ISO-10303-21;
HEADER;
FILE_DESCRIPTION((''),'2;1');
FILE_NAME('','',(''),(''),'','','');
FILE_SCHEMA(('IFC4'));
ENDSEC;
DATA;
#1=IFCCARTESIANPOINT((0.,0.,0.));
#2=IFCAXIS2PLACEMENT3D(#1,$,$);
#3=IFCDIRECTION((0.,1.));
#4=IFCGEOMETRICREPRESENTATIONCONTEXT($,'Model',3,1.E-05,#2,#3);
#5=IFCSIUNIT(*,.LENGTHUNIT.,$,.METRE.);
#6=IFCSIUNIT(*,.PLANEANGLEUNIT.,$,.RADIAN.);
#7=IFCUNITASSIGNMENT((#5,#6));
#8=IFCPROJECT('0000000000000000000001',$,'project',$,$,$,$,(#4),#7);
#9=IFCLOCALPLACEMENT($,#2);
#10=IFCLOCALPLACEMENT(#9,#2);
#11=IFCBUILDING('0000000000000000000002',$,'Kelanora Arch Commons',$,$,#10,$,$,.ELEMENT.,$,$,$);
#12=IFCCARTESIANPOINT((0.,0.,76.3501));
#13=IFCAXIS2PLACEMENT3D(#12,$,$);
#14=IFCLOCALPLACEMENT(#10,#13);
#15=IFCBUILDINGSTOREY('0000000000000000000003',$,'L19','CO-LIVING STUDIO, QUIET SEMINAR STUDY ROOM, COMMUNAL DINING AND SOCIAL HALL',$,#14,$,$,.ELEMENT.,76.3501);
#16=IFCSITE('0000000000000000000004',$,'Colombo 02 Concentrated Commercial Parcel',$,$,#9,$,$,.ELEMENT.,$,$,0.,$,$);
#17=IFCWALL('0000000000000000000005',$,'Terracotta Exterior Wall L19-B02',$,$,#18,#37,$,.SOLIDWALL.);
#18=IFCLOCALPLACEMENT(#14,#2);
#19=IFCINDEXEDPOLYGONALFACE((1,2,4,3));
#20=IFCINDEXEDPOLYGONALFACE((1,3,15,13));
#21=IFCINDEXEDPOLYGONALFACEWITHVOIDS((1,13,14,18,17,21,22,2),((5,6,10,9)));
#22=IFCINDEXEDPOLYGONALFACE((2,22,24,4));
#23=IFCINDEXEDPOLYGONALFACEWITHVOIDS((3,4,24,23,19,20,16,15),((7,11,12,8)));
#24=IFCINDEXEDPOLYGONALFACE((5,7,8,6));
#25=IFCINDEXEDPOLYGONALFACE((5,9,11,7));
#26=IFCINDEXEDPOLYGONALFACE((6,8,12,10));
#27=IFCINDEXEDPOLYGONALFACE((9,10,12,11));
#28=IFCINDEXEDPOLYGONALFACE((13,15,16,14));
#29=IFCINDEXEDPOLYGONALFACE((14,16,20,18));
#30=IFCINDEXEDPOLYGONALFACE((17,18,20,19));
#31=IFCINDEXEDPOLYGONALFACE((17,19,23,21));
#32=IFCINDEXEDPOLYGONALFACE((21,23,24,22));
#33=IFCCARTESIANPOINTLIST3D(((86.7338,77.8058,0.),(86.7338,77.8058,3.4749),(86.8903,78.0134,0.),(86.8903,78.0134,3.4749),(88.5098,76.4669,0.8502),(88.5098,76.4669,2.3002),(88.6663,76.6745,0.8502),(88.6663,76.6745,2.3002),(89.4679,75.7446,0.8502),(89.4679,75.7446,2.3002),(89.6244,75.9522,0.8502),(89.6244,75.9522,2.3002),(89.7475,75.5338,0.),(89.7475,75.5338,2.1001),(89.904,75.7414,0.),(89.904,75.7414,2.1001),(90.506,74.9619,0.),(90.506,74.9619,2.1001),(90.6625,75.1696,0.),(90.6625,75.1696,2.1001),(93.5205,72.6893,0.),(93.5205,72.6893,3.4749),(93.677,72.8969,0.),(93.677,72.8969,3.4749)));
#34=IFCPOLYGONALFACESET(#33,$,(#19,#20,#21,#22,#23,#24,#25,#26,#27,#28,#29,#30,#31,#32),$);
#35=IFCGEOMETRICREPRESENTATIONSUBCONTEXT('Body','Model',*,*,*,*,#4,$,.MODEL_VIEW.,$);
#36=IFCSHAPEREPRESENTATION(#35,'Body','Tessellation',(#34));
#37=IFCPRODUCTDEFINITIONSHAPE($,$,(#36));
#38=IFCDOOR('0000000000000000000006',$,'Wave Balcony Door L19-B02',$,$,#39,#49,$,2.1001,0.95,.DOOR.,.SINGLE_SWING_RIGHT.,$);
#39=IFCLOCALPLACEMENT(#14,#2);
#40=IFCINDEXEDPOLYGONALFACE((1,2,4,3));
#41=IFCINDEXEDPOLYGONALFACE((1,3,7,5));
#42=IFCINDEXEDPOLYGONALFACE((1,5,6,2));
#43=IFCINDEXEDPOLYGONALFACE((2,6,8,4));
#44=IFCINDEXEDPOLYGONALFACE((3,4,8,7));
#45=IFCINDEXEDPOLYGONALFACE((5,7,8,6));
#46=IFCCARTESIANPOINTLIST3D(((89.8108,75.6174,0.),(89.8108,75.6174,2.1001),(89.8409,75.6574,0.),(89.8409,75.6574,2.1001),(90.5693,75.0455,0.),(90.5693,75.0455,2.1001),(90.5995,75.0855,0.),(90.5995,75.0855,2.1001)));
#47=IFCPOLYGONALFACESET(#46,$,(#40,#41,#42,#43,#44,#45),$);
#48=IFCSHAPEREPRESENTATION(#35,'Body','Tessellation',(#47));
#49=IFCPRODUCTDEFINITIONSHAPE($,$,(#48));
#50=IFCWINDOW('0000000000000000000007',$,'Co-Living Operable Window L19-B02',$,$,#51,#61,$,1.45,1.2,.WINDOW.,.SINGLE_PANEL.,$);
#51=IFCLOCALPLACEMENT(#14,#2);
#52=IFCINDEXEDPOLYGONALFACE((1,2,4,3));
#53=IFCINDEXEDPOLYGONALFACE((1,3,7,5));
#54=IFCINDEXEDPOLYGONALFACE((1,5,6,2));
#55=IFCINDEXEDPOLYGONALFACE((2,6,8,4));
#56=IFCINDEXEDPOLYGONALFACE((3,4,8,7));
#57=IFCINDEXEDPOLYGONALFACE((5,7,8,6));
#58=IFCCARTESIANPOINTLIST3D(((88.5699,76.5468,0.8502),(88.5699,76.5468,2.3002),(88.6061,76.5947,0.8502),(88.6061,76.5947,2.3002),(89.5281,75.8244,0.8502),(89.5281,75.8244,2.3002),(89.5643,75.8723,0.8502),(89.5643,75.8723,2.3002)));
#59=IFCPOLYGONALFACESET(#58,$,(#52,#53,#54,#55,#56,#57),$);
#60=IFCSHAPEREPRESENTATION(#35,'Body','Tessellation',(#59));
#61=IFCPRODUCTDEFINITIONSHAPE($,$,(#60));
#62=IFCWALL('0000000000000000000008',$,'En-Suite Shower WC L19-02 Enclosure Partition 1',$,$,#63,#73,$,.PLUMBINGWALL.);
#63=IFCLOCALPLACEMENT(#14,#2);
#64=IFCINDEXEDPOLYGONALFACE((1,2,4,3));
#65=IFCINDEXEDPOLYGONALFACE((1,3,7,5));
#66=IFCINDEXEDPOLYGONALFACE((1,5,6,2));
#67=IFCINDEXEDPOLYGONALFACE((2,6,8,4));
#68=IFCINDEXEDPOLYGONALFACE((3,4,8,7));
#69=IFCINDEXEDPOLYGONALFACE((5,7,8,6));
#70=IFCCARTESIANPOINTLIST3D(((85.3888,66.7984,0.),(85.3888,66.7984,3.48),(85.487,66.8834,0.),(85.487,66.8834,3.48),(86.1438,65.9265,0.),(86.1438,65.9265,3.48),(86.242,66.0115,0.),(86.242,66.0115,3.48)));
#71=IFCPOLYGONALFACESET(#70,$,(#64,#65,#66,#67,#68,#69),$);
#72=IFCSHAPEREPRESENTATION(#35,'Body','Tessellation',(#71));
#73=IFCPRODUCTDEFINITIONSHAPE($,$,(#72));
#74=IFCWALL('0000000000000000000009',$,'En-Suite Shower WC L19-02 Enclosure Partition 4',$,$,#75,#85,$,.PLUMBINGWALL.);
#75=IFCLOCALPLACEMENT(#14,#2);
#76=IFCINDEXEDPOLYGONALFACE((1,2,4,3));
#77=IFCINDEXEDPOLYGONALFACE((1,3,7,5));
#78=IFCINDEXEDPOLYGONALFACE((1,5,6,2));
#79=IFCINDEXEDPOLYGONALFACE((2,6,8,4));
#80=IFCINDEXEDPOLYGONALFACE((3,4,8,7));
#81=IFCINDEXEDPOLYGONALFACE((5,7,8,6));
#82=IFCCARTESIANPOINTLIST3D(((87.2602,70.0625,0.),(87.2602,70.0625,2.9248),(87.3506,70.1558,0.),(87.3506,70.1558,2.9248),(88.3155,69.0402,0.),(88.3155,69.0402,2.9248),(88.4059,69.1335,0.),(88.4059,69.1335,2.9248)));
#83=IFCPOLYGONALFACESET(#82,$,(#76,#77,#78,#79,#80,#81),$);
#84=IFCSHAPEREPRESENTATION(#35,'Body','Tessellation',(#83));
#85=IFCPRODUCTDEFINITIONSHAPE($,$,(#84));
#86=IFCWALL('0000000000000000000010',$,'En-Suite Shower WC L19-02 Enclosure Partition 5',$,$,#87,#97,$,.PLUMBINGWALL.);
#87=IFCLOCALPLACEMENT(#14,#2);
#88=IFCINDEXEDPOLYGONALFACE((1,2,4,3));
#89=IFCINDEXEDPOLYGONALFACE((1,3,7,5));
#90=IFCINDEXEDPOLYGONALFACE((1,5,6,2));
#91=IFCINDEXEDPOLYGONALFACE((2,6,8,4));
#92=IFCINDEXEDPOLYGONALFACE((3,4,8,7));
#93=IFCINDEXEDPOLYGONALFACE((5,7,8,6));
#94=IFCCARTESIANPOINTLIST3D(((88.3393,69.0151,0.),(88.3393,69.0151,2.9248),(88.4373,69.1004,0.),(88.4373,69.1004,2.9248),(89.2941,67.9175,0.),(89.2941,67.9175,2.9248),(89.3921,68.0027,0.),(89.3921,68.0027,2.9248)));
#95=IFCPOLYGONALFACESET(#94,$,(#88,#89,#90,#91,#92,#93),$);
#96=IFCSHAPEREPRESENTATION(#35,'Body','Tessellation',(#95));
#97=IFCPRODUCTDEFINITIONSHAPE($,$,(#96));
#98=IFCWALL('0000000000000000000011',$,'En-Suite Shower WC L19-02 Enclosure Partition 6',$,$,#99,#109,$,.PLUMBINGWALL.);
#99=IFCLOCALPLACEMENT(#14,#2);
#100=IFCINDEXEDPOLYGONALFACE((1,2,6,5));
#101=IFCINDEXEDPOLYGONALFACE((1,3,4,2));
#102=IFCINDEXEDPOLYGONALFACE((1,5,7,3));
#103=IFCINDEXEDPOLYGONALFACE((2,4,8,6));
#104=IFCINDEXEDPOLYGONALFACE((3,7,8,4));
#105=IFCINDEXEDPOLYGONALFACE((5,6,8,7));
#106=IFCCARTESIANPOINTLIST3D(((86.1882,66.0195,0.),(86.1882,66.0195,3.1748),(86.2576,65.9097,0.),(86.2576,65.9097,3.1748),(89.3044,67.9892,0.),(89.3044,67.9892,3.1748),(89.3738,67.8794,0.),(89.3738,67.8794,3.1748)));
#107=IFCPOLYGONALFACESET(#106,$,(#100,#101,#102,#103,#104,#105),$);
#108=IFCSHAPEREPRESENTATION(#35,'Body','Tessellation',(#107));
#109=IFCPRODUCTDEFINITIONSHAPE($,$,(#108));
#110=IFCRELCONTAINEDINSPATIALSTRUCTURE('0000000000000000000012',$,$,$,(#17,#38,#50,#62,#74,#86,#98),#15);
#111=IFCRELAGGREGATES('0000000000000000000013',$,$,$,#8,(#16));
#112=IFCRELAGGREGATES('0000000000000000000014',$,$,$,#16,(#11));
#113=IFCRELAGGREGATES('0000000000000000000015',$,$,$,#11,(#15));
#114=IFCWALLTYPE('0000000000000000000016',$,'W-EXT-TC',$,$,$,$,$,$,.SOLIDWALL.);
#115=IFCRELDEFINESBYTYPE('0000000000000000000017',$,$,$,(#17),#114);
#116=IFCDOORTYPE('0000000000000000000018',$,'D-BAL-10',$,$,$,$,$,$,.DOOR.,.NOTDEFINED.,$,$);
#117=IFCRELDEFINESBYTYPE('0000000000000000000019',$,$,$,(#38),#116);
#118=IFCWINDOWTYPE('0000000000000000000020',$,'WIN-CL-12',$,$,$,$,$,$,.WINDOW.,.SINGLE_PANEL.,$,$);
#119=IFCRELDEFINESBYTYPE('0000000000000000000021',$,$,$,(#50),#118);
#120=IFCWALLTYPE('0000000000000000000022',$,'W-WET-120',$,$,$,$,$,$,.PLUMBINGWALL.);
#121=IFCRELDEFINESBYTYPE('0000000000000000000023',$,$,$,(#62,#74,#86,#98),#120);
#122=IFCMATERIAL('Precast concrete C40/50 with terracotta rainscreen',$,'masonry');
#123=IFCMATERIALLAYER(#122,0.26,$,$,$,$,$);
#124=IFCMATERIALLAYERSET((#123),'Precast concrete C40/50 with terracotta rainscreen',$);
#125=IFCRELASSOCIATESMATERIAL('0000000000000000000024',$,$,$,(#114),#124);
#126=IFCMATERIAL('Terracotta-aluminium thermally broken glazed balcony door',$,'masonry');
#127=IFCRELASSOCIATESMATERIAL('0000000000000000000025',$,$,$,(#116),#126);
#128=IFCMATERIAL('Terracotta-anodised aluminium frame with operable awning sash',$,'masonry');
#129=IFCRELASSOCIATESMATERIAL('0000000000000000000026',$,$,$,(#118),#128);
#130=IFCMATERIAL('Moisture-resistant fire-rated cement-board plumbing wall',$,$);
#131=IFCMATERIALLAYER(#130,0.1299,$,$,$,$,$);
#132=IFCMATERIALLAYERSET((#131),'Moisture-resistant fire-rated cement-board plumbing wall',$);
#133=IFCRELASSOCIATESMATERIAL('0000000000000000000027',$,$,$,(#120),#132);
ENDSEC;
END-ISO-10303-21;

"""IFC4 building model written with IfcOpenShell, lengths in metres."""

from ifc_helpers import new_model, si_unit, direction, frame, frame_2d, origin, place, context, subcontext, project, spatial, rectangle, extrude, material, layer, layer_set, type_object, element, fill, save


model = new_model("IFC4")

# Units and contexts
model_context = context("Model", 3, precision=1e-05, world=origin(), true_north=direction((0.0, 1.0)))
body_context = subcontext(model_context, "Body", "Model", "MODEL_VIEW")
ifc_project = project(units=[si_unit("LENGTHUNIT", "METRE"), si_unit("PLANEANGLEUNIT", "RADIAN")], contexts=[model_context])

# Site, building, storey
site_placement = place(None, origin())
site = spatial("IfcSite", under=ifc_project, at=site_placement, Name="Colombo 02 Concentrated Commercial Parcel", CompositionType="ELEMENT", RefElevation=0.0)
building_placement = place(site_placement, origin())
building = spatial("IfcBuilding", under=site, at=building_placement, Name="Kelanora Arch Commons", CompositionType="ELEMENT")
storey_placement = place(building_placement, frame((0.0, 0.0, 76.3501)))
storey = spatial("IfcBuildingStorey", under=building, at=storey_placement, Name="L19", Description="CO-LIVING STUDIO, QUIET SEMINAR STUDY ROOM, COMMUNAL DINING AND SOCIAL HALL", CompositionType="ELEMENT", Elevation=76.3501)

# Wall, openings, door, window
ifc_material_1 = material(Name="Precast concrete C40/50 with terracotta rainscreen", Category="masonry")
ifc_layer_1 = layer(ifc_material_1, 0.26)
ifc_layer_set_1 = layer_set([ifc_layer_1], Name="Precast concrete C40/50 with terracotta rainscreen")
wall_type_1 = type_object("IfcWallType", Name="W-EXT-TC", PredefinedType="SOLIDWALL", material=ifc_layer_set_1)
ifc_material_2 = material(Name="Terracotta-aluminium thermally broken glazed balcony door", Category="masonry")
door_type = type_object("IfcDoorType", Name="D-BAL-10", OperationType="NOTDEFINED", PredefinedType="DOOR", material=ifc_material_2)
ifc_material_3 = material(Name="Terracotta-anodised aluminium frame with operable awning sash", Category="masonry")
window_type = type_object("IfcWindowType", Name="WIN-CL-12", PartitioningType="SINGLE_PANEL", PredefinedType="WINDOW", material=ifc_material_3)
wall_1_placement = place(storey_placement, frame((93.5986, 72.7932, 0.0), z_axis=(0.0, 0.0, 1.0), x_axis=(-0.798502, 0.601993, 0.0)))
wall_1 = element("IfcWall", 1, at=wall_1_placement, inside=storey, type_object=wall_type_1, Name="Terracotta Exterior Wall L19-B02", PredefinedType="SOLIDWALL", context=body_context, shape_type="SweptSolid", body=[
    extrude(rectangle(XDim=8.4993, YDim=0.26, at=frame_2d((4.2495, 0.0))), origin(), (0.0, 0.0, 1.0), 3.4749),
])
opening_1_placement = place(wall_1_placement, frame((3.7749, 0.0, 0.0)))
opening_1 = element("IfcOpeningElement", 2, at=opening_1_placement, cuts=wall_1, PredefinedType="OPENING", context=body_context, shape_type="SweptSolid", body=[
    extrude(rectangle(XDim=0.95, YDim=2.1001, at=frame_2d((0.4751, 1.05))), frame((0.0, 0.1401, 0.0), z_axis=(0.0, -1.0, 0.0), x_axis=(1.0, 0.0, 0.0)), (0.0, 0.0, 1.0), 0.28),
])
opening_2_placement = place(wall_1_placement, frame((5.075, 0.0, 0.8501)))
opening_2 = element("IfcOpeningElement", 3, at=opening_2_placement, cuts=wall_1, PredefinedType="OPENING", context=body_context, shape_type="SweptSolid", body=[
    extrude(rectangle(XDim=1.2, YDim=1.45, at=frame_2d((0.6001, 0.7251))), frame((0.0, 0.1401, 0.0), z_axis=(0.0, -1.0, 0.0), x_axis=(1.0, 0.0, 0.0)), (0.0, 0.0, 1.0), 0.28),
])
door_1_placement = place(opening_1_placement, frame((0.95, 0.0, 0.0), z_axis=(0.0, 0.0, 1.0), x_axis=(-1.0, 0.0, 0.0)))
door_1 = element("IfcDoor", 4, at=door_1_placement, inside=storey, type_object=door_type, Name="Wave Balcony Door L19-B02", OperationType="SINGLE_SWING_RIGHT", OverallHeight=2.1001, OverallWidth=0.95, PredefinedType="DOOR", context=body_context, shape_type="SweptSolid", body=[
    extrude(rectangle(XDim=0.95, YDim=2.1001, at=frame_2d((0.4751, 1.05))), frame((0.0, 0.0249, 0.0), z_axis=(0.0, -1.0, 0.0), x_axis=(1.0, 0.0, 0.0)), (0.0, 0.0, 1.0), 0.05),
])
fill(opening_1, door_1)
window_1_placement = place(opening_2_placement, origin())
window_1 = element("IfcWindow", 5, at=window_1_placement, inside=storey, type_object=window_type, Name="Co-Living Operable Window L19-B02", OverallHeight=1.45, OverallWidth=1.2, PartitioningType="SINGLE_PANEL", PredefinedType="WINDOW", context=body_context, shape_type="SweptSolid", body=[
    extrude(rectangle(XDim=1.2, YDim=1.45, at=frame_2d((0.6001, 0.7251))), frame((0.0, 0.03, 0.0), z_axis=(0.0, -1.0, 0.0), x_axis=(1.0, 0.0, 0.0)), (0.0, 0.0, 1.0), 0.0601),
])
fill(opening_2, window_1)

# Walls
ifc_material_4 = material(Name="Moisture-resistant fire-rated cement-board plumbing wall")
ifc_layer_2 = layer(ifc_material_4, 0.1299)
ifc_layer_set_2 = layer_set([ifc_layer_2], Name="Moisture-resistant fire-rated cement-board plumbing wall")
wall_type_2 = type_object("IfcWallType", Name="W-WET-120", PredefinedType="PLUMBINGWALL", material=ifc_layer_set_2)
wall_2_placement = place(storey_placement, frame((86.1929, 65.969, 0.0), z_axis=(0.0, 0.0, 1.0), x_axis=(-0.654584, 0.755989, 0.0)))
element("IfcWall", 6, at=wall_2_placement, inside=storey, type_object=wall_type_2, Name="En-Suite Shower WC L19-02 Enclosure Partition 1", PredefinedType="PLUMBINGWALL", context=body_context, shape_type="SweptSolid", body=[
    extrude(rectangle(XDim=1.1533, YDim=0.1299, at=frame_2d((0.5767, 0.0))), origin(), (0.0, 0.0, 1.0), 3.48),
])
wall_3_placement = place(storey_placement, frame((87.3054, 70.1091, 0.0), z_axis=(0.0, 0.0, 1.0), x_axis=(0.718235, -0.695801, 0.0)))
element("IfcWall", 7, at=wall_3_placement, inside=storey, type_object=wall_type_2, Name="En-Suite Shower WC L19-02 Enclosure Partition 4", PredefinedType="PLUMBINGWALL", context=body_context, shape_type="SweptSolid", body=[
    extrude(rectangle(XDim=1.4692, YDim=0.1299, at=frame_2d((0.7346, 0.0))), origin(), (0.0, 0.0, 1.0), 2.9248),
])
wall_4_placement = place(storey_placement, frame((88.3882, 69.0579, 0.0), z_axis=(0.0, 0.0, 1.0), x_axis=(0.656316, -0.754486, 0.0)))
element("IfcWall", 8, at=wall_4_placement, inside=storey, type_object=wall_type_2, Name="En-Suite Shower WC L19-02 Enclosure Partition 5", PredefinedType="PLUMBINGWALL", context=body_context, shape_type="SweptSolid", body=[
    extrude(rectangle(XDim=1.4548, YDim=0.1299, at=frame_2d((0.7275, 0.0))), origin(), (0.0, 0.0, 1.0), 2.9248),
])
wall_5_placement = place(storey_placement, frame((89.3391, 67.9343, 0.0), z_axis=(0.0, 0.0, 1.0), x_axis=(-0.845294, -0.534302, 0.0)))
element("IfcWall", 9, at=wall_5_placement, inside=storey, type_object=wall_type_2, Name="En-Suite Shower WC L19-02 Enclosure Partition 6", PredefinedType="PLUMBINGWALL", context=body_context, shape_type="SweptSolid", body=[
    extrude(rectangle(XDim=3.6865, YDim=0.1299, at=frame_2d((1.8433, 0.0))), origin(), (0.0, 0.0, 1.0), 3.1748),
])

save(model, "model.ifc")
